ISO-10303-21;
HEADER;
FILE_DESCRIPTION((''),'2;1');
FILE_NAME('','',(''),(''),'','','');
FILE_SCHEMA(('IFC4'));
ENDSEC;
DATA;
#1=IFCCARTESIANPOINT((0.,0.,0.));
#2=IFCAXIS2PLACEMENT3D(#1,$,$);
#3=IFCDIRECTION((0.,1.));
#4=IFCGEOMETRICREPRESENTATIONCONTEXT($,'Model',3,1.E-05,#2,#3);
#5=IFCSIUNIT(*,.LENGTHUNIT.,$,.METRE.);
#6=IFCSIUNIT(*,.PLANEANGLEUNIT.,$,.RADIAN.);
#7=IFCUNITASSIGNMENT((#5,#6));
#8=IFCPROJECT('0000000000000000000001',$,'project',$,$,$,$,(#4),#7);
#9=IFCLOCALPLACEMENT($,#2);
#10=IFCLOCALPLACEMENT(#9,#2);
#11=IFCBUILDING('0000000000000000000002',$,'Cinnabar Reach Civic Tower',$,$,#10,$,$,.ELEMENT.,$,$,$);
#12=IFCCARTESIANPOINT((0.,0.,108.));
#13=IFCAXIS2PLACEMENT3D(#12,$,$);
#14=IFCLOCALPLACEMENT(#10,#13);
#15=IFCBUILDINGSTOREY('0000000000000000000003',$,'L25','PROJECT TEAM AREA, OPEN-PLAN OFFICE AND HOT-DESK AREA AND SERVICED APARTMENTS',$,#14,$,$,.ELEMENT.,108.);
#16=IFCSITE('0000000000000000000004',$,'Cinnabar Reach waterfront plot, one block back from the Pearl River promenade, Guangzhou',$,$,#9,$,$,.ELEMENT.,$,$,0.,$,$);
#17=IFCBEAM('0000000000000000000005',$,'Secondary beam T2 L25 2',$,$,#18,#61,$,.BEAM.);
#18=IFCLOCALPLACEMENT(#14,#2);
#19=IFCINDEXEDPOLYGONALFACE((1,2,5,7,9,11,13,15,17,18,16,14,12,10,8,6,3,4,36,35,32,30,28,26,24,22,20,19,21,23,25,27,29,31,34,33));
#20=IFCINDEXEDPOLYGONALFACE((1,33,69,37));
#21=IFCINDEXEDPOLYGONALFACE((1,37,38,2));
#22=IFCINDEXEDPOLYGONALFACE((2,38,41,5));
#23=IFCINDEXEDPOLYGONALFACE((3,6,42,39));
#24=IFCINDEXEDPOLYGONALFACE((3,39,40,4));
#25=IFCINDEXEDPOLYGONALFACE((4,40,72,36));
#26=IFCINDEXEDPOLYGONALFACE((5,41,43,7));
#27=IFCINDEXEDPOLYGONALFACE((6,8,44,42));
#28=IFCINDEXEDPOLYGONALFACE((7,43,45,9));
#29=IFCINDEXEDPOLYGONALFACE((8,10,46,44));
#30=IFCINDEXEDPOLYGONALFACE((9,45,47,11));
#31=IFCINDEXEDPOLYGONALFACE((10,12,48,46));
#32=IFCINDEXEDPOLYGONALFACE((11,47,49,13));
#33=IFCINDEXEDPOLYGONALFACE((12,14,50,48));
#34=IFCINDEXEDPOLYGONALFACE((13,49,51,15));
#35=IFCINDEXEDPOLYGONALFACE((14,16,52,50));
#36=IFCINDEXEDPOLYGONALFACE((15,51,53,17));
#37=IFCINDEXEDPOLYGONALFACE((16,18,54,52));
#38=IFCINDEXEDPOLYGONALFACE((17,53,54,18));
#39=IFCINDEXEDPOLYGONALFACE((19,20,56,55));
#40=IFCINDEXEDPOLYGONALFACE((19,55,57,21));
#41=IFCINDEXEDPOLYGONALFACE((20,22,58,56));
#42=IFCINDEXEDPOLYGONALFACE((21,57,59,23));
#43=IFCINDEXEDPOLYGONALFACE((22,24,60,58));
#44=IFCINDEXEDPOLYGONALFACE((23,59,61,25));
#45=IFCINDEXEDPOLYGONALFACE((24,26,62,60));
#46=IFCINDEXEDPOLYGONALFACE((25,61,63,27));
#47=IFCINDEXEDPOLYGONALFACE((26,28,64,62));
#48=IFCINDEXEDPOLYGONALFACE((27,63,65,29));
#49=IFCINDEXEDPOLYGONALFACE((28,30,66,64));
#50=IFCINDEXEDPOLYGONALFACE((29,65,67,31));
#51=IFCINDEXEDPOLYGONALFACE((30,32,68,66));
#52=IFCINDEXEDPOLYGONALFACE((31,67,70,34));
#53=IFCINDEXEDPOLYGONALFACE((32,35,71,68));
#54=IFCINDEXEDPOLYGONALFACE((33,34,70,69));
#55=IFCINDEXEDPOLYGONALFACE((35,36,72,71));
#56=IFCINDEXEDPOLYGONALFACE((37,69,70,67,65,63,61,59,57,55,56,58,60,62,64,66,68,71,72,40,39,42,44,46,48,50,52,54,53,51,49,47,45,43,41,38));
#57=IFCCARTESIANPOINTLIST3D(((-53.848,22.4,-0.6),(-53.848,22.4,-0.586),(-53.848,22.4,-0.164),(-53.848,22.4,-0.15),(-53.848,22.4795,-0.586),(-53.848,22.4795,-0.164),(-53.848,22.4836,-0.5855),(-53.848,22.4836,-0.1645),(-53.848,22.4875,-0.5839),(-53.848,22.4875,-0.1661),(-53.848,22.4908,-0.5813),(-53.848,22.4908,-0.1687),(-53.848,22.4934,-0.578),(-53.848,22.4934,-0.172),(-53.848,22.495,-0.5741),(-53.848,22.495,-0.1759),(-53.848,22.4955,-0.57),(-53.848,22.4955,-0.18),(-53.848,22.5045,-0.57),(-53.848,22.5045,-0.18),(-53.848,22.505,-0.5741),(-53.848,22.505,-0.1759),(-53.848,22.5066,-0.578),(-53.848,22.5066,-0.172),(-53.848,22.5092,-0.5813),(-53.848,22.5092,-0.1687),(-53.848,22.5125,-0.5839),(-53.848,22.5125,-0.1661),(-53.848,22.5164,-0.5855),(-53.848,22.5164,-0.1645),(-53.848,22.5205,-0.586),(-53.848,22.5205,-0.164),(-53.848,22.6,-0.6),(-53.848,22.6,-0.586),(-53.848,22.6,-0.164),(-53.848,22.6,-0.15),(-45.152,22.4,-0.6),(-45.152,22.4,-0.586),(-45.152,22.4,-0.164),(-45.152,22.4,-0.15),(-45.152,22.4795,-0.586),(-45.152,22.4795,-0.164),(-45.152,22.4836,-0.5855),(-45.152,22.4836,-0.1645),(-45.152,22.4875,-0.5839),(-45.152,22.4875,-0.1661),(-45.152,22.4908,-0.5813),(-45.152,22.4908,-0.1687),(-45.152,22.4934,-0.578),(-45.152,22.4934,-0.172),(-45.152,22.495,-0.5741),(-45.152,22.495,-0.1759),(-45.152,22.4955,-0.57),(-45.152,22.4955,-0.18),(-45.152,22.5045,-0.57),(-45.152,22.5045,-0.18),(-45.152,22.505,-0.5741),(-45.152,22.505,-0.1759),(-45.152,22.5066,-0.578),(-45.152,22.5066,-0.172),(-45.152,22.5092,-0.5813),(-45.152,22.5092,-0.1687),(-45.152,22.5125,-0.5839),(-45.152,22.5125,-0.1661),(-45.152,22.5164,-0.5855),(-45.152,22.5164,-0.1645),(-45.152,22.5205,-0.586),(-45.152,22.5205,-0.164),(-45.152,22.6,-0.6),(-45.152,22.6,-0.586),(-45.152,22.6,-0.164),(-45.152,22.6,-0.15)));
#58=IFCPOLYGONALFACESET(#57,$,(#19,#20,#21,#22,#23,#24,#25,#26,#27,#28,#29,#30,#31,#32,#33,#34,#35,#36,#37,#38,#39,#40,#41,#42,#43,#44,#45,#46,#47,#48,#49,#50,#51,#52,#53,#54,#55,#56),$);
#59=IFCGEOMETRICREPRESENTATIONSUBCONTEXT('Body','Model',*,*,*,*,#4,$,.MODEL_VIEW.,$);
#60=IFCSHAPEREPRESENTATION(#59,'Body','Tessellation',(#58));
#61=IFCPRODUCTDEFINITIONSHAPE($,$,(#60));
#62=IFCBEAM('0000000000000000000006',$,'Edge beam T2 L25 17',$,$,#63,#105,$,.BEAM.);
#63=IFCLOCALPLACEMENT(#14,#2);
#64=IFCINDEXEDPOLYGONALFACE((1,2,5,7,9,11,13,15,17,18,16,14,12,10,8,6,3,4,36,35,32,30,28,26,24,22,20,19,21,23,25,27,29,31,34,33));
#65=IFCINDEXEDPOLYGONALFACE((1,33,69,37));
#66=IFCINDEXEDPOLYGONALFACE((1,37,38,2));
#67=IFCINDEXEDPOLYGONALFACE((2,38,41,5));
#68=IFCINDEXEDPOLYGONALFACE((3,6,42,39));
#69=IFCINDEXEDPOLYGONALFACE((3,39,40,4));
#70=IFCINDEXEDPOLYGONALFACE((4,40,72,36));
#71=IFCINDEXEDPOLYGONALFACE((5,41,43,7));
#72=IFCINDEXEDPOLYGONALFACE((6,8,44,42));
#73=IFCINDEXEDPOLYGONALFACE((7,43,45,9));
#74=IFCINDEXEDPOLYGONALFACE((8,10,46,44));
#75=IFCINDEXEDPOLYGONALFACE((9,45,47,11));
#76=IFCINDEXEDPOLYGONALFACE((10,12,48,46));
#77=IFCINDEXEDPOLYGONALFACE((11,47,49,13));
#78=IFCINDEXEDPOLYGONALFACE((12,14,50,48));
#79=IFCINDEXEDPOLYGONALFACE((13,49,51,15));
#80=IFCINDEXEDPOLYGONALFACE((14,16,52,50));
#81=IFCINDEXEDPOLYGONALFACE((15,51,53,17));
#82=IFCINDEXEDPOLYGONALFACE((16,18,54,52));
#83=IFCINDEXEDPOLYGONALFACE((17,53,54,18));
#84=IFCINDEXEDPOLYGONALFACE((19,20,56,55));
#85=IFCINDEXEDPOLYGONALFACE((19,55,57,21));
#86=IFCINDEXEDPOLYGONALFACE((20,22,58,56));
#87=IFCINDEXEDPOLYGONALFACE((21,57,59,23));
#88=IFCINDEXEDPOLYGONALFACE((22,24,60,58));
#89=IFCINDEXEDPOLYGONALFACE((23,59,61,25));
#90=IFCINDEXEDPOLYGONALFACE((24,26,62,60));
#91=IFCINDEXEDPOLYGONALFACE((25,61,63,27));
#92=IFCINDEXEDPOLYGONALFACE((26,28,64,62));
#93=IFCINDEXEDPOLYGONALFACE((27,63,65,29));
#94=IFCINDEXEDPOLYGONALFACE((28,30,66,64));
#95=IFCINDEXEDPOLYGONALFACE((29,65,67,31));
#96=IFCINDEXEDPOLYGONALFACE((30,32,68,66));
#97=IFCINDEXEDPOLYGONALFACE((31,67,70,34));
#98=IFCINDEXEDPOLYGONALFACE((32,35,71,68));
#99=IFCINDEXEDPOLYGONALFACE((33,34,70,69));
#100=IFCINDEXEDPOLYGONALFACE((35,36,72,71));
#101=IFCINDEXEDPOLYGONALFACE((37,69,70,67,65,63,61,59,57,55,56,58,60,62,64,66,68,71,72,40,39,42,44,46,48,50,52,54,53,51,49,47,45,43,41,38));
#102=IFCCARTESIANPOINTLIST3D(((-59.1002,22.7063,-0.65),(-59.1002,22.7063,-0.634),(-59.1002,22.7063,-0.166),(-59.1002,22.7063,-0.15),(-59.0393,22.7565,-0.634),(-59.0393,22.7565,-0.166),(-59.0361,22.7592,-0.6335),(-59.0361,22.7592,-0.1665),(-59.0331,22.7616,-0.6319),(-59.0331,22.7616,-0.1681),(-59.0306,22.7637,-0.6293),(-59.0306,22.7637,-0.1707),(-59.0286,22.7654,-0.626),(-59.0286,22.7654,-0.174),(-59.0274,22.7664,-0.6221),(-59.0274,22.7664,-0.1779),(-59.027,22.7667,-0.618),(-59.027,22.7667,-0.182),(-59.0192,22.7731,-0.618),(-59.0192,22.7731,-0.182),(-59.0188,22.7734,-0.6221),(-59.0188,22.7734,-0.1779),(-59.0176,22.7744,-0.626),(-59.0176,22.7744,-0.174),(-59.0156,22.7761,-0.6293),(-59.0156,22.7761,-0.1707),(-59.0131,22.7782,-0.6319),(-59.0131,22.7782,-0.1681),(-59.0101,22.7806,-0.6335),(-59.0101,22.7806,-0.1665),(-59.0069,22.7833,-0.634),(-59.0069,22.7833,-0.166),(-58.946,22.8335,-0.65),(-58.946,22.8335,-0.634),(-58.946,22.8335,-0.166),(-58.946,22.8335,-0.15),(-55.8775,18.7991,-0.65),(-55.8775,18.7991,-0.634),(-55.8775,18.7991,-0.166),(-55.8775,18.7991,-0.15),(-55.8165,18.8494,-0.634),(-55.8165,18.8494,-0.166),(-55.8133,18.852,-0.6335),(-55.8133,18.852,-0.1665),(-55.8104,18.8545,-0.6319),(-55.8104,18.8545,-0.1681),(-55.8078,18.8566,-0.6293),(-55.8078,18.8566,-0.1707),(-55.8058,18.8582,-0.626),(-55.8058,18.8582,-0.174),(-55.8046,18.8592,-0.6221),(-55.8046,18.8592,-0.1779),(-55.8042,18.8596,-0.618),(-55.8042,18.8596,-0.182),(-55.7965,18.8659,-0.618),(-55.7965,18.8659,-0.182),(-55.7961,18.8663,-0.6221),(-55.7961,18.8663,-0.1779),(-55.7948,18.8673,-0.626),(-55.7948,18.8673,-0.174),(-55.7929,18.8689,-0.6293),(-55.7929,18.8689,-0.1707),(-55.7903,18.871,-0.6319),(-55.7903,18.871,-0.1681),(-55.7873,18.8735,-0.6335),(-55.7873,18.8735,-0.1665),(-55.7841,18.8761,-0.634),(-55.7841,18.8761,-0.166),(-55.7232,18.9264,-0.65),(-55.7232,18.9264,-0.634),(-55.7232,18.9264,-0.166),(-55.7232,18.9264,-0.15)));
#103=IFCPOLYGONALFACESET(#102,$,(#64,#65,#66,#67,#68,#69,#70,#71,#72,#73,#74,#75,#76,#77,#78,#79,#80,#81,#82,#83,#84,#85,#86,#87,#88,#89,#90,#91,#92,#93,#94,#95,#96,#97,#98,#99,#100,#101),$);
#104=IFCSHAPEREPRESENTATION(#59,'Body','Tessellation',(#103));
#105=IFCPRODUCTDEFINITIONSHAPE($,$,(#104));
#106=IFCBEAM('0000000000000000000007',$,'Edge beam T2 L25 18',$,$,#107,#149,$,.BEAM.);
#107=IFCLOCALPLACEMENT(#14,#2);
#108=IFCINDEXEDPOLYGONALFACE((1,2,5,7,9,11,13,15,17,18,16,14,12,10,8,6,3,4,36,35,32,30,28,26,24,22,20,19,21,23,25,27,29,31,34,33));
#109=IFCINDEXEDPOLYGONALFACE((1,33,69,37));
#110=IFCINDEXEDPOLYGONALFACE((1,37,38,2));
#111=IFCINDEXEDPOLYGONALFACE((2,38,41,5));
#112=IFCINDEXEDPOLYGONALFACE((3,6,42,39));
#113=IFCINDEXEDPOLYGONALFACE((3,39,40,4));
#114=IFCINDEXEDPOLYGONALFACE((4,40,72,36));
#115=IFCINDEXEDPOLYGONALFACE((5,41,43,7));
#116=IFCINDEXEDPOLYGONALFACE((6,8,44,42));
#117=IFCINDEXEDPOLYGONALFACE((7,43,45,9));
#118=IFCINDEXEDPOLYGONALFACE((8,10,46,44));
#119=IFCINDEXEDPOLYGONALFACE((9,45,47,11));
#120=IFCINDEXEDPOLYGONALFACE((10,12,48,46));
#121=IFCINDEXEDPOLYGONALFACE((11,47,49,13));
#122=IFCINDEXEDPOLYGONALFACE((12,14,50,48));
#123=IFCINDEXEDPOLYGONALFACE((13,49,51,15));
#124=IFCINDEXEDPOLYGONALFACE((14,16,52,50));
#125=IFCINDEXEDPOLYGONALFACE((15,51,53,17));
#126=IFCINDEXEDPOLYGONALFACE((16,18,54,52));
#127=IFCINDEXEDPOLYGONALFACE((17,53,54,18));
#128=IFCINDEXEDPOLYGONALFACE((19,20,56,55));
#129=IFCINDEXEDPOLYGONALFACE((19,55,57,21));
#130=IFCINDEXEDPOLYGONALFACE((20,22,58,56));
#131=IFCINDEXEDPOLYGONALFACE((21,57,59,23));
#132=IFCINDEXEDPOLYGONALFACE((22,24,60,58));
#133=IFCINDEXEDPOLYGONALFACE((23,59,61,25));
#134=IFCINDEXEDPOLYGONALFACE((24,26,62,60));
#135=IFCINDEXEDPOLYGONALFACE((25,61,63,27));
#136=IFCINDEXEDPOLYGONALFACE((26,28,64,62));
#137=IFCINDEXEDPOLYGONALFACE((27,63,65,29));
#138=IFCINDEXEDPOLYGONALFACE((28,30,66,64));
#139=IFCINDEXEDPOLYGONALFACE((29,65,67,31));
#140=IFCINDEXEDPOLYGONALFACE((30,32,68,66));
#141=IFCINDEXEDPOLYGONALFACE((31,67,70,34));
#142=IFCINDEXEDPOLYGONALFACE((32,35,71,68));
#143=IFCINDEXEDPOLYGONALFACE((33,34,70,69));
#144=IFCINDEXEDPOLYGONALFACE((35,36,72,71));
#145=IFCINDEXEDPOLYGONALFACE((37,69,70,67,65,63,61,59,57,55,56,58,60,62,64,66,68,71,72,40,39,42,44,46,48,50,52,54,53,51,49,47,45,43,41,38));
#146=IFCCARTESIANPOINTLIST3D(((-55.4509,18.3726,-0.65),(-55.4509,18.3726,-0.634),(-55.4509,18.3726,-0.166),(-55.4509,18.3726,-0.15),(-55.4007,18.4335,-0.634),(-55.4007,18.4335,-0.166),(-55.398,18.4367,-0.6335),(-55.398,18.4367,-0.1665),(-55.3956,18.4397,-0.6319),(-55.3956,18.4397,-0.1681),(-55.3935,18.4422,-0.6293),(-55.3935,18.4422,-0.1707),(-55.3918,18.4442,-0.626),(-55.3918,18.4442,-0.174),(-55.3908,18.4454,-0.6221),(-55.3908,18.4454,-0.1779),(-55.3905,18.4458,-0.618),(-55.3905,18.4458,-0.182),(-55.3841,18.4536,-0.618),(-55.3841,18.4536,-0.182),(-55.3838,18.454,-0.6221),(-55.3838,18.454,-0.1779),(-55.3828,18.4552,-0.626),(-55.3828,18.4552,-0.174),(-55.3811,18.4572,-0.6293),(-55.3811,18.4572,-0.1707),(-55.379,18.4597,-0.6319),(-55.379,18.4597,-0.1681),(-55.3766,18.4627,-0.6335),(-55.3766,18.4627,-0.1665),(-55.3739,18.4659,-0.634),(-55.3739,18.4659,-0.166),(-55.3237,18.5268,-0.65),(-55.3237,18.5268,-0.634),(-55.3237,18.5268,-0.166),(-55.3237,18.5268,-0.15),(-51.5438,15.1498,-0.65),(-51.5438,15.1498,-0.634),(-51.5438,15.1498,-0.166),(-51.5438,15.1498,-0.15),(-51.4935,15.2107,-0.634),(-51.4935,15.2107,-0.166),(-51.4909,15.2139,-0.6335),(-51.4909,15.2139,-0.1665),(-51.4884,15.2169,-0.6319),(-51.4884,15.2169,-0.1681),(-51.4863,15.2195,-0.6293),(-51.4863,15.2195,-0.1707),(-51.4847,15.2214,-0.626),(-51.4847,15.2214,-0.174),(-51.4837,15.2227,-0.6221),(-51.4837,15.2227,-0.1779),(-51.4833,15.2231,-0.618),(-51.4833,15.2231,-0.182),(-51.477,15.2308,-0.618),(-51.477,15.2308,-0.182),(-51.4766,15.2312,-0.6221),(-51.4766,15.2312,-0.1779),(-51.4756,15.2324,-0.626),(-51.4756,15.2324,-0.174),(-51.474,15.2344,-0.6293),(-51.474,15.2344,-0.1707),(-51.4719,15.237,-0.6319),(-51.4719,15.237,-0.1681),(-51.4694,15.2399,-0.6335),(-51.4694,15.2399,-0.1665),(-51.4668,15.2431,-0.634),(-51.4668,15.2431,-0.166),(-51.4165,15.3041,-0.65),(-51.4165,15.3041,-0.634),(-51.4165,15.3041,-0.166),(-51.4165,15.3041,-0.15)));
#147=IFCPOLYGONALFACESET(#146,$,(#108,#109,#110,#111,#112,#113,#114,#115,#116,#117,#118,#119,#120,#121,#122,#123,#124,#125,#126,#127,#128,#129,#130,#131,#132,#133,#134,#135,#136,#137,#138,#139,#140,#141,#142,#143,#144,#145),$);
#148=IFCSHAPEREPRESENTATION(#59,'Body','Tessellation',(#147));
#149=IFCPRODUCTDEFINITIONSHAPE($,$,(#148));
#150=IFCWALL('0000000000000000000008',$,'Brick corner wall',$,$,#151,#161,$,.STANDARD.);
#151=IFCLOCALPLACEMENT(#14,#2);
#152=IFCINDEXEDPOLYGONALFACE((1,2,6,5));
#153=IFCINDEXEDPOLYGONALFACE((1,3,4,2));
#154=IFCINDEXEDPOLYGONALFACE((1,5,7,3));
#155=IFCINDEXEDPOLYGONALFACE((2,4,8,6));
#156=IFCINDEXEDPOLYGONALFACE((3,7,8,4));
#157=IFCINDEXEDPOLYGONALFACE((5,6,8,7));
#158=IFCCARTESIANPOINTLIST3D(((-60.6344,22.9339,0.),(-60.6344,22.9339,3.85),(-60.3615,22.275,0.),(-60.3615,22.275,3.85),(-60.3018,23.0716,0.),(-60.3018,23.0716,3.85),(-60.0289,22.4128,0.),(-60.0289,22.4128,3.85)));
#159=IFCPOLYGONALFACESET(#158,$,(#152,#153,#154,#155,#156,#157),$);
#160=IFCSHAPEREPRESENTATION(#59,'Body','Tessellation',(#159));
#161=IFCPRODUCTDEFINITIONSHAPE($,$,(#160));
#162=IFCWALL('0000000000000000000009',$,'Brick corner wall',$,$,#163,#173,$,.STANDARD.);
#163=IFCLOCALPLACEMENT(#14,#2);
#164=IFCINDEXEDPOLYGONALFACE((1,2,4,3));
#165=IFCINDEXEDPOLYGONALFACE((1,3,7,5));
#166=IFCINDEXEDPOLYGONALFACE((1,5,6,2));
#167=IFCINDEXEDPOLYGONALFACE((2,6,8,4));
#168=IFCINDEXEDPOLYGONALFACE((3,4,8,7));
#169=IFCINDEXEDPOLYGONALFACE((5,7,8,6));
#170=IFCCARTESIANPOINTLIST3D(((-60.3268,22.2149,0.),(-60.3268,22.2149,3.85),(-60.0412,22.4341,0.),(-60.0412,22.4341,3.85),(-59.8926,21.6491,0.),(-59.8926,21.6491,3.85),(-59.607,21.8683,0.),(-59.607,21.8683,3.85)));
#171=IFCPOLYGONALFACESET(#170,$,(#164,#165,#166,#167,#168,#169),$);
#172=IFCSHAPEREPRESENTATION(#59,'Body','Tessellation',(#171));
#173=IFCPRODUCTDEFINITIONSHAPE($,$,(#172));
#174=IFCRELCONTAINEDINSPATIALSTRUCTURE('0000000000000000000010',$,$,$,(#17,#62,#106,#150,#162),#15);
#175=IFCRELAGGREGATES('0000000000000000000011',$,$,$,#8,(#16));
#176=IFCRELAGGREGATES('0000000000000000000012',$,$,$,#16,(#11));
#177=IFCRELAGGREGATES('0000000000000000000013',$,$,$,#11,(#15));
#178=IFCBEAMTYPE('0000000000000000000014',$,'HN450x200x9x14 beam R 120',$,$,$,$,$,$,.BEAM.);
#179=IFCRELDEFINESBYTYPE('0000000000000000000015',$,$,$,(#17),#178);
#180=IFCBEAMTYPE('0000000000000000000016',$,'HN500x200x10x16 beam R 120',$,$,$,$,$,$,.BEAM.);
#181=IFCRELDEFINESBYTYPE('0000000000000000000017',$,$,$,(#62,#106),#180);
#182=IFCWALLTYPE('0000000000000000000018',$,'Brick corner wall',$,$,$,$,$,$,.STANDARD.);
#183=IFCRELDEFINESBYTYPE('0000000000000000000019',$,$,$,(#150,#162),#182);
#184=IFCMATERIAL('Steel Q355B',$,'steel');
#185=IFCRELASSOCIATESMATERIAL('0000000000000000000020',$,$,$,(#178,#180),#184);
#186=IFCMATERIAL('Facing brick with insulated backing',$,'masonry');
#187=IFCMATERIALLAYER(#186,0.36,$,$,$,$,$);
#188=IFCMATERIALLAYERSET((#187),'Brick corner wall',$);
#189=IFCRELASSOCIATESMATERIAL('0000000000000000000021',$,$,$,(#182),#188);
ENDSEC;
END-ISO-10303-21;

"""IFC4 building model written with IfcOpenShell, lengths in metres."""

from ifc_helpers import new_model, si_unit, direction, frame, frame_2d, origin, origin_2d, place, context, subcontext, project, spatial, rectangle, i_section, extrude, material, layer, layer_set, material_profile, profile_set, type_object, element, save


model = new_model("IFC4")

# Units and contexts
model_context = context("Model", 3, precision=1e-05, world=origin(), true_north=direction((0.0, 1.0)))
body_context = subcontext(model_context, "Body", "Model", "MODEL_VIEW")
ifc_project = project(units=[si_unit("LENGTHUNIT", "METRE"), si_unit("PLANEANGLEUNIT", "RADIAN")], contexts=[model_context])

# Site, building, storey
site_placement = place(None, origin())
site = spatial("IfcSite", under=ifc_project, at=site_placement, Name="Cinnabar Reach waterfront plot, one block back from the Pearl River promenade, Guangzhou", CompositionType="ELEMENT", RefElevation=0.0)
building_placement = place(site_placement, origin())
building = spatial("IfcBuilding", under=site, at=building_placement, Name="Cinnabar Reach Civic Tower", CompositionType="ELEMENT")
storey_placement = place(building_placement, frame((0.0, 0.0, 108.0)))
storey = spatial("IfcBuildingStorey", under=building, at=storey_placement, Name="L25", Description="PROJECT TEAM AREA, OPEN-PLAN OFFICE AND HOT-DESK AREA AND SERVICED APARTMENTS", CompositionType="ELEMENT", Elevation=108.0)

# Beams
ifc_material_1 = material(Name="Steel Q355B", Category="steel")
ifc_material_profile_1 = material_profile(ifc_material_1, i_section(OverallWidth=0.2, OverallDepth=0.45, WebThickness=0.009, FlangeThickness=0.014, FilletRadius=0.016, at=origin_2d()), Name="HN450x200x9x14")
ifc_profile_set_1 = profile_set([ifc_material_profile_1], Name="Steel Q355B")
beam_type_1 = type_object("IfcBeamType", Name="HN450x200x9x14 beam R 120", PredefinedType="BEAM", material=ifc_profile_set_1)
beam_1_placement = place(storey_placement, frame((-53.848, 22.5, -0.375), z_axis=(1.0, 0.0, 0.0), x_axis=(0.0, 1.0, 0.0)))
element("IfcBeam", 1, at=beam_1_placement, inside=storey, type_object=beam_type_1, Name="Secondary beam T2 L25 2", PredefinedType="BEAM", context=body_context, shape_type="SweptSolid", body=[
    extrude(i_section(OverallWidth=0.2, OverallDepth=0.45, WebThickness=0.009, FlangeThickness=0.014, FilletRadius=0.016, at=origin_2d()), origin(), (0.0, 0.0, 1.0), 8.696),
])
ifc_material_profile_2 = material_profile(ifc_material_1, i_section(OverallWidth=0.2, OverallDepth=0.5, WebThickness=0.01, FlangeThickness=0.016, FilletRadius=0.016, at=origin_2d()), Name="HN500x200x10x16")
ifc_profile_set_2 = profile_set([ifc_material_profile_2], Name="Steel Q355B")
beam_type_2 = type_object("IfcBeamType", Name="HN500x200x10x16 beam R 120", PredefinedType="BEAM", material=ifc_profile_set_2)
for number, where, z_axis, x_axis, name in (
    (2, (-59.0231, 22.7699, -0.4), (0.636308, -0.771435, 0.0), (0.771435, 0.636308, 0.0), "Edge beam T2 L25 17"),
    (3, (-55.3873, 18.4497, -0.4), (0.771435, -0.636308, 0.0), (0.636308, 0.771435, 0.0), "Edge beam T2 L25 18"),
):
    element("IfcBeam", number, at=place(storey_placement, frame(where, z_axis=z_axis, x_axis=x_axis)), inside=storey, type_object=beam_type_2, Name=name, PredefinedType="BEAM", context=body_context, shape_type="SweptSolid", body=[
        extrude(i_section(OverallWidth=0.2, OverallDepth=0.5, WebThickness=0.01, FlangeThickness=0.016, FilletRadius=0.016, at=origin_2d()), origin(), (0.0, 0.0, 1.0), 5.0648),
    ])

# Walls
ifc_material_2 = material(Name="Facing brick with insulated backing", Category="masonry")
ifc_layer_1 = layer(ifc_material_2, 0.36)
ifc_layer_set_1 = layer_set([ifc_layer_1], Name="Brick corner wall")
wall_type_1 = type_object("IfcWallType", Name="Brick corner wall", PredefinedType="STANDARD", material=ifc_layer_set_1)
wall_1_placement = place(storey_placement, frame((-60.4681, 23.0027, 0.0), z_axis=(0.0, 0.0, 1.0), x_axis=(0.382703, -0.923872, 0.0)))
element("IfcWall", 4, at=wall_1_placement, inside=storey, type_object=wall_type_1, Name="Brick corner wall", PredefinedType="STANDARD", context=body_context, shape_type="SweptSolid", body=[
    extrude(rectangle(XDim=0.7131, YDim=0.36, at=frame_2d((0.3565, 0.0))), origin(), (0.0, 0.0, 1.0), 3.85),
])
wall_2_placement = place(storey_placement, frame((-60.184, 22.3245, 0.0), z_axis=(0.0, 0.0, 1.0), x_axis=(0.608802, -0.793322, 0.0)))
element("IfcWall", 5, at=wall_2_placement, inside=storey, type_object=wall_type_1, Name="Brick corner wall", PredefinedType="STANDARD", context=body_context, shape_type="SweptSolid", body=[
    extrude(rectangle(XDim=0.7132, YDim=0.36, at=frame_2d((0.3566, 0.0))), origin(), (0.0, 0.0, 1.0), 3.85),
])

save(model, "model.ifc")
